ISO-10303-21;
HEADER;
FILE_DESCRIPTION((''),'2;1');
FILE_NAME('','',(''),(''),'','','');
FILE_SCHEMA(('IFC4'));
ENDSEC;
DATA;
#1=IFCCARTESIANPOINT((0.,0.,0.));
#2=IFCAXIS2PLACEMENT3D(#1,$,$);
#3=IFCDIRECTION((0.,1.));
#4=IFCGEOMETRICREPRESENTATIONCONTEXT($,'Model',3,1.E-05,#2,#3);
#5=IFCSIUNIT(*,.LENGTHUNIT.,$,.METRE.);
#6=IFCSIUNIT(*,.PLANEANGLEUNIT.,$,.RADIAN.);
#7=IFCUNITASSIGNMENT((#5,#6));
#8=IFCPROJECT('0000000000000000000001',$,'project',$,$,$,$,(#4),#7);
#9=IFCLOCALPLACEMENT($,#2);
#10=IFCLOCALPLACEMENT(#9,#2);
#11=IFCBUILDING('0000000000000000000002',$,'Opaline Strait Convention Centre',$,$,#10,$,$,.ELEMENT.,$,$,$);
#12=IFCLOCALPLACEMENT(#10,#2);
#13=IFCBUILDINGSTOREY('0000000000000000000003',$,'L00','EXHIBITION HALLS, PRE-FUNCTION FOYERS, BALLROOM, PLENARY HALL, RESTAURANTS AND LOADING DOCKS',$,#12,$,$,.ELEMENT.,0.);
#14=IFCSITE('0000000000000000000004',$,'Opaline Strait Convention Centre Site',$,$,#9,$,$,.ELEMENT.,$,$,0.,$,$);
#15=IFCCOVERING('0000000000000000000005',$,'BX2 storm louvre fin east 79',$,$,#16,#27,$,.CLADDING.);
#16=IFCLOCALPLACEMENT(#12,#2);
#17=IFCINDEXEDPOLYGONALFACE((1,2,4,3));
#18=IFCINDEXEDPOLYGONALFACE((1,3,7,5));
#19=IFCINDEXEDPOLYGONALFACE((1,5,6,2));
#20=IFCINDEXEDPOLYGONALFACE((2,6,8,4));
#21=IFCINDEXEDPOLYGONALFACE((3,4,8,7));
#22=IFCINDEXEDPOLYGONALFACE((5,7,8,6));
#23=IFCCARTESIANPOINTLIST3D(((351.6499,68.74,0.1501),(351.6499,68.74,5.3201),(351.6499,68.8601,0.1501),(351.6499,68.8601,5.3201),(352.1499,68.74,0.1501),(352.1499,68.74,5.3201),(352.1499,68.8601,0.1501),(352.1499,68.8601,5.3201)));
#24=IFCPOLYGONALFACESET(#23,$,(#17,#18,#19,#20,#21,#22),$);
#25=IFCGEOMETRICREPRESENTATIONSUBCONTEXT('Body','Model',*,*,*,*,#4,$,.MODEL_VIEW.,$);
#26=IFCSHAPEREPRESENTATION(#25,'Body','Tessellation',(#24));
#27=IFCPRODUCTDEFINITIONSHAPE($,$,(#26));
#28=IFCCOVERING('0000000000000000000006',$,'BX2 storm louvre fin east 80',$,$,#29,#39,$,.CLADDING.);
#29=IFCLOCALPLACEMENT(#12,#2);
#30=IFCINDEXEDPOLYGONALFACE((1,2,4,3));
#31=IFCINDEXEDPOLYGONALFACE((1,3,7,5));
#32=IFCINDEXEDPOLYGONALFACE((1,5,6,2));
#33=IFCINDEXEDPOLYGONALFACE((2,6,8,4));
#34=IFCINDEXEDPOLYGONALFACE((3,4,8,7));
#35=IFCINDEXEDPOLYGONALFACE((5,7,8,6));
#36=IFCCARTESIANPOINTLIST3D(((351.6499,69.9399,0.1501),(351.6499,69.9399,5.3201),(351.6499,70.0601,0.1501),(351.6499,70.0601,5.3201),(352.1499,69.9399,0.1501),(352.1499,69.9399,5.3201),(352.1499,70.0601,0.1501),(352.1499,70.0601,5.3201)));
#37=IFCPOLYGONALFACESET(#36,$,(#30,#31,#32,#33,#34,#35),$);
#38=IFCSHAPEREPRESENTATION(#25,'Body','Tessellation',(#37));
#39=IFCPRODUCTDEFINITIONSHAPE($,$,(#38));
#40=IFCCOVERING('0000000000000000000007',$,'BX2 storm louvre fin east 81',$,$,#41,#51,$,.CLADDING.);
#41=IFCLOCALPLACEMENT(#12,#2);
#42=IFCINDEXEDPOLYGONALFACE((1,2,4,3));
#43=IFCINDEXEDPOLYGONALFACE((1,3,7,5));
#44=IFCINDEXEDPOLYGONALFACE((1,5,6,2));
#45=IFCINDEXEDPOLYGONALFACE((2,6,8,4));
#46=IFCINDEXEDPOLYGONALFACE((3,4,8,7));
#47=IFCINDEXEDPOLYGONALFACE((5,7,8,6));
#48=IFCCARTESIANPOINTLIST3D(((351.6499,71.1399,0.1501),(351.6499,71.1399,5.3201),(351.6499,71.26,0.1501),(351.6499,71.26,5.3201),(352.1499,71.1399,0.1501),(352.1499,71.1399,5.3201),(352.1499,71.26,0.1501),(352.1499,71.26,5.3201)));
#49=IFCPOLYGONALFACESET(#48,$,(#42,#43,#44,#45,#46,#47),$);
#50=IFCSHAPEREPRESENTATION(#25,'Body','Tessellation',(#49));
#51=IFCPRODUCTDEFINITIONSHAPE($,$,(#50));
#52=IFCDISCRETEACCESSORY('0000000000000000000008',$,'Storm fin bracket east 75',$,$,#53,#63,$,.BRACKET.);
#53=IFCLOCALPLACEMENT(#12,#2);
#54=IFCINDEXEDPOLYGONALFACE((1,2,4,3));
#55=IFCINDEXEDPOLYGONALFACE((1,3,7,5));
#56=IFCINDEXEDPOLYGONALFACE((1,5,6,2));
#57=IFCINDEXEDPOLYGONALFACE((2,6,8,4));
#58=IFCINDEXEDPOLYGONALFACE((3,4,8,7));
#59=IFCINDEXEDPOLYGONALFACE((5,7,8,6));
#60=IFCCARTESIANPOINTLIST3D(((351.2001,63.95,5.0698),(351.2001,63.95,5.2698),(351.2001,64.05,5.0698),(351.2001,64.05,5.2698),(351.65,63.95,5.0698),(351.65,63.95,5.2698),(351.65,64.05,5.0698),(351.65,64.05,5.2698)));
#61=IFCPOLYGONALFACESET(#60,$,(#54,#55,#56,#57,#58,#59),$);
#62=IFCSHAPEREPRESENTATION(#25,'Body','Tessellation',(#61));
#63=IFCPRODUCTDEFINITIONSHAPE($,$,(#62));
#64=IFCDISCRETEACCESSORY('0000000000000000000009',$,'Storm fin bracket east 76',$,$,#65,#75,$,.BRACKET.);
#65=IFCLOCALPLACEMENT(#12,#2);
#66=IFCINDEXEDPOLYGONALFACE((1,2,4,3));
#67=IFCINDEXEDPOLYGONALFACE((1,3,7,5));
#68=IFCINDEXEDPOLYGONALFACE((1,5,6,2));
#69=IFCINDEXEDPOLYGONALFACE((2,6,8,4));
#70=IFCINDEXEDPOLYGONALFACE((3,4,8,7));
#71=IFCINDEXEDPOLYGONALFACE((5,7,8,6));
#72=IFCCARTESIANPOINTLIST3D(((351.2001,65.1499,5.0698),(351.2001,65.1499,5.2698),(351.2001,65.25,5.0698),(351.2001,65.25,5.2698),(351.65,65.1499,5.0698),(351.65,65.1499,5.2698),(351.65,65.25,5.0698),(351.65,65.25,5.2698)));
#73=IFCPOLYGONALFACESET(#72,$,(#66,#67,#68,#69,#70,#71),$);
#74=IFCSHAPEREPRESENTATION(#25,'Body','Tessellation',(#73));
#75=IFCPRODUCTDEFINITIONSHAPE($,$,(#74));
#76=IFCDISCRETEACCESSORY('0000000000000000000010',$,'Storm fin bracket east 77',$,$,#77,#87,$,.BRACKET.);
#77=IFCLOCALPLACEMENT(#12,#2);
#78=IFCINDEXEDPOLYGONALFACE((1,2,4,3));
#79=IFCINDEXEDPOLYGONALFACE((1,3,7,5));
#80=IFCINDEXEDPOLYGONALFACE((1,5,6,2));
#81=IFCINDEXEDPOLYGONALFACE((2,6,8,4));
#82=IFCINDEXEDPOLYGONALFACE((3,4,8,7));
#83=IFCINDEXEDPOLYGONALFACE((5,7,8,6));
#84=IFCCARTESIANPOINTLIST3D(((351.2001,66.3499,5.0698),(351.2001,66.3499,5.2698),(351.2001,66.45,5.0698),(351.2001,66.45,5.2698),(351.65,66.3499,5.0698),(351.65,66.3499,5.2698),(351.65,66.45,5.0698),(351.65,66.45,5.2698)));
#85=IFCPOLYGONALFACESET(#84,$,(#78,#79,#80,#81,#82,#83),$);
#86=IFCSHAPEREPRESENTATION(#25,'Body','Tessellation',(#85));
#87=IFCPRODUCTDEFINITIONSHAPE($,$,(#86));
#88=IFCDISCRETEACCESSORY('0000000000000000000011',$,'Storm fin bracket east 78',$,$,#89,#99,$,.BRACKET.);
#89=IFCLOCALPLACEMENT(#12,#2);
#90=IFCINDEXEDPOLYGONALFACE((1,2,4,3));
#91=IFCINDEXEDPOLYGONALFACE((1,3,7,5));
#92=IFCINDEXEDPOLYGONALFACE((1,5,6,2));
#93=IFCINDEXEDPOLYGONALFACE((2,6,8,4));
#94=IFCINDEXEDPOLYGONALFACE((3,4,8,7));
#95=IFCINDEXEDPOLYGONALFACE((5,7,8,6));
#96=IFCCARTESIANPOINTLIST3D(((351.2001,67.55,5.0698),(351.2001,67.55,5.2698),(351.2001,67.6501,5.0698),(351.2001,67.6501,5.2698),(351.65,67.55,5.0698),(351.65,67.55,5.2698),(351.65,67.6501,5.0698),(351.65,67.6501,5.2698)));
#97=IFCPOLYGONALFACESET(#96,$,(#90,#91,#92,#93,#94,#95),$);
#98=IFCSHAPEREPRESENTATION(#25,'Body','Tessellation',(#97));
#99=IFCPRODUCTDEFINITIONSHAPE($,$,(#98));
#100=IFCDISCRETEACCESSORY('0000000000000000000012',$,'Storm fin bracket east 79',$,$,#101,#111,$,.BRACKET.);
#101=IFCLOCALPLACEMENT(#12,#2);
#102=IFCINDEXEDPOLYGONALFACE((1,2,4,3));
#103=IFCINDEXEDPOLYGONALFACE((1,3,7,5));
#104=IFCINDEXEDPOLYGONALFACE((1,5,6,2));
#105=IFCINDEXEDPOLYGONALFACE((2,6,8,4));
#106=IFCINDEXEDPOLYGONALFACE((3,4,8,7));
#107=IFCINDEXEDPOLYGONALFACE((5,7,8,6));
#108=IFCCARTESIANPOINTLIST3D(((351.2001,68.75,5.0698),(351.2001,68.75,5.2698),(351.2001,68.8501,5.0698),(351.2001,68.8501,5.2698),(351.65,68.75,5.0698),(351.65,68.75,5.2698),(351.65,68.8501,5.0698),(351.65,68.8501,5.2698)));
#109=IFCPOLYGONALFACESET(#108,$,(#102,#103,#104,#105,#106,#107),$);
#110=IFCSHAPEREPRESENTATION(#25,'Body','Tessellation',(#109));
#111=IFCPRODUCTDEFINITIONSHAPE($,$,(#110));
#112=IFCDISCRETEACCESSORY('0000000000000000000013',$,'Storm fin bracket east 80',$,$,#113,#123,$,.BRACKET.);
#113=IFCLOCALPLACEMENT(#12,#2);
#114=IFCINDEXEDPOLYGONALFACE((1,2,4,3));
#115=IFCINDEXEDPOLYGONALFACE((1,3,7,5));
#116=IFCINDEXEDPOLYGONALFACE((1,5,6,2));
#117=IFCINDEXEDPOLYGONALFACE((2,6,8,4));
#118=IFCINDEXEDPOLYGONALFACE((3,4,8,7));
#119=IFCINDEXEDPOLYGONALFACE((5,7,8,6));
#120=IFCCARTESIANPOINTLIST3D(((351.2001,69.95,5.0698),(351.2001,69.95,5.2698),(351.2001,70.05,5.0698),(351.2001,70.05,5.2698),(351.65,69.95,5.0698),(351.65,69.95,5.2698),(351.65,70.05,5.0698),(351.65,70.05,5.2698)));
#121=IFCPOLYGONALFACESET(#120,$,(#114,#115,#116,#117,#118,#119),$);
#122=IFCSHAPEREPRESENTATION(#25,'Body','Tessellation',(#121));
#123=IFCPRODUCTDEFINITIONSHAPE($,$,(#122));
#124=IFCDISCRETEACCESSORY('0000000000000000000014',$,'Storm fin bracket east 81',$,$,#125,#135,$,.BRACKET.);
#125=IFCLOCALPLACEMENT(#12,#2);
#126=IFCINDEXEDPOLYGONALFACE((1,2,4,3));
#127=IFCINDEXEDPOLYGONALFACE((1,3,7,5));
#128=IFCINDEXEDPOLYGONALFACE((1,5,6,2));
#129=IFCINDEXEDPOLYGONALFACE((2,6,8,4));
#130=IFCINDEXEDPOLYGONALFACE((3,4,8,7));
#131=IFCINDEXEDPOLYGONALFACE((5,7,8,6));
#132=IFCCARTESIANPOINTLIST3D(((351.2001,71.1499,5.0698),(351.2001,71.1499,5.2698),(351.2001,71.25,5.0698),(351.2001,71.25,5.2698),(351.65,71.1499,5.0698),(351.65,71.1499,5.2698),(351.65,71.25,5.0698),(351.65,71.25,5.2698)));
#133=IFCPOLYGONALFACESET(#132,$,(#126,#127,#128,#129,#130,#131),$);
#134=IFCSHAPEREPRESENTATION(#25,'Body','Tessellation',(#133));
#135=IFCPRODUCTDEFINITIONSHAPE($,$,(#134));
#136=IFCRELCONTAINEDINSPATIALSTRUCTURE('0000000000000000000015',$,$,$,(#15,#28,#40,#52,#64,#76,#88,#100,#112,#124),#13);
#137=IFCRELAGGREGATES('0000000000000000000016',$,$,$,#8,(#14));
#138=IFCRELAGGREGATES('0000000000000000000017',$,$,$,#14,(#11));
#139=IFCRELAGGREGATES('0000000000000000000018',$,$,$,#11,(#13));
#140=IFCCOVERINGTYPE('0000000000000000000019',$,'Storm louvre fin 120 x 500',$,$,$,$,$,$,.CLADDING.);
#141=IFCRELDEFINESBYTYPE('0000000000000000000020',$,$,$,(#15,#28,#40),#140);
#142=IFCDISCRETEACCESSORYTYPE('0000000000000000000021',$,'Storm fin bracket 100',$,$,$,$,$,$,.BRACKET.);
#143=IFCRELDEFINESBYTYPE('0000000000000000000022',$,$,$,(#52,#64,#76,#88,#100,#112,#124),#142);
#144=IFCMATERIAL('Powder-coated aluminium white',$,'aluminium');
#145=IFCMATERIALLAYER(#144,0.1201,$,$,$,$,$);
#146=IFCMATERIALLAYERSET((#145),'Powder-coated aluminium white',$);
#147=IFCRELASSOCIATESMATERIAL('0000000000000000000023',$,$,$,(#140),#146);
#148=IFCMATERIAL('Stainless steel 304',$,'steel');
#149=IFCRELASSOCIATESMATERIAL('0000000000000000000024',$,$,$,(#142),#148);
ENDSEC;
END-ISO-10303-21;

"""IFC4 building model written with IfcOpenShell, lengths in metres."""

from ifc_helpers import new_model, si_unit, direction, frame, origin, origin_2d, place, context, subcontext, project, spatial, rectangle, extrude, material, layer, layer_set, type_object, element, save


model = new_model("IFC4")

# Units and contexts
model_context = context("Model", 3, precision=1e-05, world=origin(), true_north=direction((0.0, 1.0)))
body_context = subcontext(model_context, "Body", "Model", "MODEL_VIEW")
ifc_project = project(units=[si_unit("LENGTHUNIT", "METRE"), si_unit("PLANEANGLEUNIT", "RADIAN")], contexts=[model_context])

# Site, building, storey
site_placement = place(None, origin())
site = spatial("IfcSite", under=ifc_project, at=site_placement, Name="Opaline Strait Convention Centre Site", CompositionType="ELEMENT", RefElevation=0.0)
building_placement = place(site_placement, origin())
building = spatial("IfcBuilding", under=site, at=building_placement, Name="Opaline Strait Convention Centre", CompositionType="ELEMENT")
storey_placement = place(building_placement, origin())
storey = spatial("IfcBuildingStorey", under=building, at=storey_placement, Name="L00", Description="EXHIBITION HALLS, PRE-FUNCTION FOYERS, BALLROOM, PLENARY HALL, RESTAURANTS AND LOADING DOCKS", CompositionType="ELEMENT", Elevation=0.0)

# Shared definitions
ifc_material_1 = material(Name="Stainless steel 304", Category="steel")

# Coverings
ifc_material_2 = material(Name="Powder-coated aluminium white", Category="aluminium")
ifc_layer_1 = layer(ifc_material_2, 0.1201)
ifc_layer_set_1 = layer_set([ifc_layer_1], Name="Powder-coated aluminium white")
covering_type = type_object("IfcCoveringType", Name="Storm louvre fin 120 x 500", PredefinedType="CLADDING", material=ifc_layer_set_1)
for number, where, z_axis, x_axis, name in (
    (1, (351.8999, 68.8, 0.1501), (0.0, 0.0, 1.0), (1.0, 0.0, 0.0), "BX2 storm louvre fin east 79"),
    (2, (351.8999, 70.0, 0.1501), (0.0, 0.0, 1.0), (1.0, 0.0, 0.0), "BX2 storm louvre fin east 80"),
    (3, (351.8999, 71.2, 0.1501), (0.0, 0.0, 1.0), (1.0, 0.0, 0.0), "BX2 storm louvre fin east 81"),
):
    element("IfcCovering", number, at=place(storey_placement, frame(where, z_axis=z_axis, x_axis=x_axis)), inside=storey, type_object=covering_type, Name=name, PredefinedType="CLADDING", context=body_context, shape_type="SweptSolid", body=[
        extrude(rectangle(XDim=0.5, YDim=0.1201, at=origin_2d()), origin(), (0.0, 0.0, 1.0), 5.1699),
    ])

# Discrete accessories
discrete_accessory_type = type_object("IfcDiscreteAccessoryType", Name="Storm fin bracket 100", PredefinedType="BRACKET", material=ifc_material_1)
for number, where, z_axis, x_axis, name in (
    (4, (351.425, 64.0, 5.0698), (0.0, 0.0, 1.0), (1.0, 0.0, 0.0), "Storm fin bracket east 75"),
    (5, (351.425, 65.2, 5.0698), (0.0, 0.0, 1.0), (1.0, 0.0, 0.0), "Storm fin bracket east 76"),
    (6, (351.425, 66.3999, 5.0698), (0.0, 0.0, 1.0), (1.0, 0.0, 0.0), "Storm fin bracket east 77"),
    (7, (351.425, 67.6001, 5.0698), (0.0, 0.0, 1.0), (1.0, 0.0, 0.0), "Storm fin bracket east 78"),
    (8, (351.425, 68.8, 5.0698), (0.0, 0.0, 1.0), (1.0, 0.0, 0.0), "Storm fin bracket east 79"),
    (9, (351.425, 70.0, 5.0698), (0.0, 0.0, 1.0), (1.0, 0.0, 0.0), "Storm fin bracket east 80"),
    (10, (351.425, 71.2, 5.0698), (0.0, 0.0, 1.0), (1.0, 0.0, 0.0), "Storm fin bracket east 81"),
):
    element("IfcDiscreteAccessory", number, at=place(storey_placement, frame(where, z_axis=z_axis, x_axis=x_axis)), inside=storey, type_object=discrete_accessory_type, Name=name, PredefinedType="BRACKET", context=body_context, shape_type="SweptSolid", body=[
        extrude(rectangle(XDim=0.45, YDim=0.1001, at=origin_2d()), origin(), (0.0, 0.0, 1.0), 0.2),
    ])

save(model, "model.ifc")
